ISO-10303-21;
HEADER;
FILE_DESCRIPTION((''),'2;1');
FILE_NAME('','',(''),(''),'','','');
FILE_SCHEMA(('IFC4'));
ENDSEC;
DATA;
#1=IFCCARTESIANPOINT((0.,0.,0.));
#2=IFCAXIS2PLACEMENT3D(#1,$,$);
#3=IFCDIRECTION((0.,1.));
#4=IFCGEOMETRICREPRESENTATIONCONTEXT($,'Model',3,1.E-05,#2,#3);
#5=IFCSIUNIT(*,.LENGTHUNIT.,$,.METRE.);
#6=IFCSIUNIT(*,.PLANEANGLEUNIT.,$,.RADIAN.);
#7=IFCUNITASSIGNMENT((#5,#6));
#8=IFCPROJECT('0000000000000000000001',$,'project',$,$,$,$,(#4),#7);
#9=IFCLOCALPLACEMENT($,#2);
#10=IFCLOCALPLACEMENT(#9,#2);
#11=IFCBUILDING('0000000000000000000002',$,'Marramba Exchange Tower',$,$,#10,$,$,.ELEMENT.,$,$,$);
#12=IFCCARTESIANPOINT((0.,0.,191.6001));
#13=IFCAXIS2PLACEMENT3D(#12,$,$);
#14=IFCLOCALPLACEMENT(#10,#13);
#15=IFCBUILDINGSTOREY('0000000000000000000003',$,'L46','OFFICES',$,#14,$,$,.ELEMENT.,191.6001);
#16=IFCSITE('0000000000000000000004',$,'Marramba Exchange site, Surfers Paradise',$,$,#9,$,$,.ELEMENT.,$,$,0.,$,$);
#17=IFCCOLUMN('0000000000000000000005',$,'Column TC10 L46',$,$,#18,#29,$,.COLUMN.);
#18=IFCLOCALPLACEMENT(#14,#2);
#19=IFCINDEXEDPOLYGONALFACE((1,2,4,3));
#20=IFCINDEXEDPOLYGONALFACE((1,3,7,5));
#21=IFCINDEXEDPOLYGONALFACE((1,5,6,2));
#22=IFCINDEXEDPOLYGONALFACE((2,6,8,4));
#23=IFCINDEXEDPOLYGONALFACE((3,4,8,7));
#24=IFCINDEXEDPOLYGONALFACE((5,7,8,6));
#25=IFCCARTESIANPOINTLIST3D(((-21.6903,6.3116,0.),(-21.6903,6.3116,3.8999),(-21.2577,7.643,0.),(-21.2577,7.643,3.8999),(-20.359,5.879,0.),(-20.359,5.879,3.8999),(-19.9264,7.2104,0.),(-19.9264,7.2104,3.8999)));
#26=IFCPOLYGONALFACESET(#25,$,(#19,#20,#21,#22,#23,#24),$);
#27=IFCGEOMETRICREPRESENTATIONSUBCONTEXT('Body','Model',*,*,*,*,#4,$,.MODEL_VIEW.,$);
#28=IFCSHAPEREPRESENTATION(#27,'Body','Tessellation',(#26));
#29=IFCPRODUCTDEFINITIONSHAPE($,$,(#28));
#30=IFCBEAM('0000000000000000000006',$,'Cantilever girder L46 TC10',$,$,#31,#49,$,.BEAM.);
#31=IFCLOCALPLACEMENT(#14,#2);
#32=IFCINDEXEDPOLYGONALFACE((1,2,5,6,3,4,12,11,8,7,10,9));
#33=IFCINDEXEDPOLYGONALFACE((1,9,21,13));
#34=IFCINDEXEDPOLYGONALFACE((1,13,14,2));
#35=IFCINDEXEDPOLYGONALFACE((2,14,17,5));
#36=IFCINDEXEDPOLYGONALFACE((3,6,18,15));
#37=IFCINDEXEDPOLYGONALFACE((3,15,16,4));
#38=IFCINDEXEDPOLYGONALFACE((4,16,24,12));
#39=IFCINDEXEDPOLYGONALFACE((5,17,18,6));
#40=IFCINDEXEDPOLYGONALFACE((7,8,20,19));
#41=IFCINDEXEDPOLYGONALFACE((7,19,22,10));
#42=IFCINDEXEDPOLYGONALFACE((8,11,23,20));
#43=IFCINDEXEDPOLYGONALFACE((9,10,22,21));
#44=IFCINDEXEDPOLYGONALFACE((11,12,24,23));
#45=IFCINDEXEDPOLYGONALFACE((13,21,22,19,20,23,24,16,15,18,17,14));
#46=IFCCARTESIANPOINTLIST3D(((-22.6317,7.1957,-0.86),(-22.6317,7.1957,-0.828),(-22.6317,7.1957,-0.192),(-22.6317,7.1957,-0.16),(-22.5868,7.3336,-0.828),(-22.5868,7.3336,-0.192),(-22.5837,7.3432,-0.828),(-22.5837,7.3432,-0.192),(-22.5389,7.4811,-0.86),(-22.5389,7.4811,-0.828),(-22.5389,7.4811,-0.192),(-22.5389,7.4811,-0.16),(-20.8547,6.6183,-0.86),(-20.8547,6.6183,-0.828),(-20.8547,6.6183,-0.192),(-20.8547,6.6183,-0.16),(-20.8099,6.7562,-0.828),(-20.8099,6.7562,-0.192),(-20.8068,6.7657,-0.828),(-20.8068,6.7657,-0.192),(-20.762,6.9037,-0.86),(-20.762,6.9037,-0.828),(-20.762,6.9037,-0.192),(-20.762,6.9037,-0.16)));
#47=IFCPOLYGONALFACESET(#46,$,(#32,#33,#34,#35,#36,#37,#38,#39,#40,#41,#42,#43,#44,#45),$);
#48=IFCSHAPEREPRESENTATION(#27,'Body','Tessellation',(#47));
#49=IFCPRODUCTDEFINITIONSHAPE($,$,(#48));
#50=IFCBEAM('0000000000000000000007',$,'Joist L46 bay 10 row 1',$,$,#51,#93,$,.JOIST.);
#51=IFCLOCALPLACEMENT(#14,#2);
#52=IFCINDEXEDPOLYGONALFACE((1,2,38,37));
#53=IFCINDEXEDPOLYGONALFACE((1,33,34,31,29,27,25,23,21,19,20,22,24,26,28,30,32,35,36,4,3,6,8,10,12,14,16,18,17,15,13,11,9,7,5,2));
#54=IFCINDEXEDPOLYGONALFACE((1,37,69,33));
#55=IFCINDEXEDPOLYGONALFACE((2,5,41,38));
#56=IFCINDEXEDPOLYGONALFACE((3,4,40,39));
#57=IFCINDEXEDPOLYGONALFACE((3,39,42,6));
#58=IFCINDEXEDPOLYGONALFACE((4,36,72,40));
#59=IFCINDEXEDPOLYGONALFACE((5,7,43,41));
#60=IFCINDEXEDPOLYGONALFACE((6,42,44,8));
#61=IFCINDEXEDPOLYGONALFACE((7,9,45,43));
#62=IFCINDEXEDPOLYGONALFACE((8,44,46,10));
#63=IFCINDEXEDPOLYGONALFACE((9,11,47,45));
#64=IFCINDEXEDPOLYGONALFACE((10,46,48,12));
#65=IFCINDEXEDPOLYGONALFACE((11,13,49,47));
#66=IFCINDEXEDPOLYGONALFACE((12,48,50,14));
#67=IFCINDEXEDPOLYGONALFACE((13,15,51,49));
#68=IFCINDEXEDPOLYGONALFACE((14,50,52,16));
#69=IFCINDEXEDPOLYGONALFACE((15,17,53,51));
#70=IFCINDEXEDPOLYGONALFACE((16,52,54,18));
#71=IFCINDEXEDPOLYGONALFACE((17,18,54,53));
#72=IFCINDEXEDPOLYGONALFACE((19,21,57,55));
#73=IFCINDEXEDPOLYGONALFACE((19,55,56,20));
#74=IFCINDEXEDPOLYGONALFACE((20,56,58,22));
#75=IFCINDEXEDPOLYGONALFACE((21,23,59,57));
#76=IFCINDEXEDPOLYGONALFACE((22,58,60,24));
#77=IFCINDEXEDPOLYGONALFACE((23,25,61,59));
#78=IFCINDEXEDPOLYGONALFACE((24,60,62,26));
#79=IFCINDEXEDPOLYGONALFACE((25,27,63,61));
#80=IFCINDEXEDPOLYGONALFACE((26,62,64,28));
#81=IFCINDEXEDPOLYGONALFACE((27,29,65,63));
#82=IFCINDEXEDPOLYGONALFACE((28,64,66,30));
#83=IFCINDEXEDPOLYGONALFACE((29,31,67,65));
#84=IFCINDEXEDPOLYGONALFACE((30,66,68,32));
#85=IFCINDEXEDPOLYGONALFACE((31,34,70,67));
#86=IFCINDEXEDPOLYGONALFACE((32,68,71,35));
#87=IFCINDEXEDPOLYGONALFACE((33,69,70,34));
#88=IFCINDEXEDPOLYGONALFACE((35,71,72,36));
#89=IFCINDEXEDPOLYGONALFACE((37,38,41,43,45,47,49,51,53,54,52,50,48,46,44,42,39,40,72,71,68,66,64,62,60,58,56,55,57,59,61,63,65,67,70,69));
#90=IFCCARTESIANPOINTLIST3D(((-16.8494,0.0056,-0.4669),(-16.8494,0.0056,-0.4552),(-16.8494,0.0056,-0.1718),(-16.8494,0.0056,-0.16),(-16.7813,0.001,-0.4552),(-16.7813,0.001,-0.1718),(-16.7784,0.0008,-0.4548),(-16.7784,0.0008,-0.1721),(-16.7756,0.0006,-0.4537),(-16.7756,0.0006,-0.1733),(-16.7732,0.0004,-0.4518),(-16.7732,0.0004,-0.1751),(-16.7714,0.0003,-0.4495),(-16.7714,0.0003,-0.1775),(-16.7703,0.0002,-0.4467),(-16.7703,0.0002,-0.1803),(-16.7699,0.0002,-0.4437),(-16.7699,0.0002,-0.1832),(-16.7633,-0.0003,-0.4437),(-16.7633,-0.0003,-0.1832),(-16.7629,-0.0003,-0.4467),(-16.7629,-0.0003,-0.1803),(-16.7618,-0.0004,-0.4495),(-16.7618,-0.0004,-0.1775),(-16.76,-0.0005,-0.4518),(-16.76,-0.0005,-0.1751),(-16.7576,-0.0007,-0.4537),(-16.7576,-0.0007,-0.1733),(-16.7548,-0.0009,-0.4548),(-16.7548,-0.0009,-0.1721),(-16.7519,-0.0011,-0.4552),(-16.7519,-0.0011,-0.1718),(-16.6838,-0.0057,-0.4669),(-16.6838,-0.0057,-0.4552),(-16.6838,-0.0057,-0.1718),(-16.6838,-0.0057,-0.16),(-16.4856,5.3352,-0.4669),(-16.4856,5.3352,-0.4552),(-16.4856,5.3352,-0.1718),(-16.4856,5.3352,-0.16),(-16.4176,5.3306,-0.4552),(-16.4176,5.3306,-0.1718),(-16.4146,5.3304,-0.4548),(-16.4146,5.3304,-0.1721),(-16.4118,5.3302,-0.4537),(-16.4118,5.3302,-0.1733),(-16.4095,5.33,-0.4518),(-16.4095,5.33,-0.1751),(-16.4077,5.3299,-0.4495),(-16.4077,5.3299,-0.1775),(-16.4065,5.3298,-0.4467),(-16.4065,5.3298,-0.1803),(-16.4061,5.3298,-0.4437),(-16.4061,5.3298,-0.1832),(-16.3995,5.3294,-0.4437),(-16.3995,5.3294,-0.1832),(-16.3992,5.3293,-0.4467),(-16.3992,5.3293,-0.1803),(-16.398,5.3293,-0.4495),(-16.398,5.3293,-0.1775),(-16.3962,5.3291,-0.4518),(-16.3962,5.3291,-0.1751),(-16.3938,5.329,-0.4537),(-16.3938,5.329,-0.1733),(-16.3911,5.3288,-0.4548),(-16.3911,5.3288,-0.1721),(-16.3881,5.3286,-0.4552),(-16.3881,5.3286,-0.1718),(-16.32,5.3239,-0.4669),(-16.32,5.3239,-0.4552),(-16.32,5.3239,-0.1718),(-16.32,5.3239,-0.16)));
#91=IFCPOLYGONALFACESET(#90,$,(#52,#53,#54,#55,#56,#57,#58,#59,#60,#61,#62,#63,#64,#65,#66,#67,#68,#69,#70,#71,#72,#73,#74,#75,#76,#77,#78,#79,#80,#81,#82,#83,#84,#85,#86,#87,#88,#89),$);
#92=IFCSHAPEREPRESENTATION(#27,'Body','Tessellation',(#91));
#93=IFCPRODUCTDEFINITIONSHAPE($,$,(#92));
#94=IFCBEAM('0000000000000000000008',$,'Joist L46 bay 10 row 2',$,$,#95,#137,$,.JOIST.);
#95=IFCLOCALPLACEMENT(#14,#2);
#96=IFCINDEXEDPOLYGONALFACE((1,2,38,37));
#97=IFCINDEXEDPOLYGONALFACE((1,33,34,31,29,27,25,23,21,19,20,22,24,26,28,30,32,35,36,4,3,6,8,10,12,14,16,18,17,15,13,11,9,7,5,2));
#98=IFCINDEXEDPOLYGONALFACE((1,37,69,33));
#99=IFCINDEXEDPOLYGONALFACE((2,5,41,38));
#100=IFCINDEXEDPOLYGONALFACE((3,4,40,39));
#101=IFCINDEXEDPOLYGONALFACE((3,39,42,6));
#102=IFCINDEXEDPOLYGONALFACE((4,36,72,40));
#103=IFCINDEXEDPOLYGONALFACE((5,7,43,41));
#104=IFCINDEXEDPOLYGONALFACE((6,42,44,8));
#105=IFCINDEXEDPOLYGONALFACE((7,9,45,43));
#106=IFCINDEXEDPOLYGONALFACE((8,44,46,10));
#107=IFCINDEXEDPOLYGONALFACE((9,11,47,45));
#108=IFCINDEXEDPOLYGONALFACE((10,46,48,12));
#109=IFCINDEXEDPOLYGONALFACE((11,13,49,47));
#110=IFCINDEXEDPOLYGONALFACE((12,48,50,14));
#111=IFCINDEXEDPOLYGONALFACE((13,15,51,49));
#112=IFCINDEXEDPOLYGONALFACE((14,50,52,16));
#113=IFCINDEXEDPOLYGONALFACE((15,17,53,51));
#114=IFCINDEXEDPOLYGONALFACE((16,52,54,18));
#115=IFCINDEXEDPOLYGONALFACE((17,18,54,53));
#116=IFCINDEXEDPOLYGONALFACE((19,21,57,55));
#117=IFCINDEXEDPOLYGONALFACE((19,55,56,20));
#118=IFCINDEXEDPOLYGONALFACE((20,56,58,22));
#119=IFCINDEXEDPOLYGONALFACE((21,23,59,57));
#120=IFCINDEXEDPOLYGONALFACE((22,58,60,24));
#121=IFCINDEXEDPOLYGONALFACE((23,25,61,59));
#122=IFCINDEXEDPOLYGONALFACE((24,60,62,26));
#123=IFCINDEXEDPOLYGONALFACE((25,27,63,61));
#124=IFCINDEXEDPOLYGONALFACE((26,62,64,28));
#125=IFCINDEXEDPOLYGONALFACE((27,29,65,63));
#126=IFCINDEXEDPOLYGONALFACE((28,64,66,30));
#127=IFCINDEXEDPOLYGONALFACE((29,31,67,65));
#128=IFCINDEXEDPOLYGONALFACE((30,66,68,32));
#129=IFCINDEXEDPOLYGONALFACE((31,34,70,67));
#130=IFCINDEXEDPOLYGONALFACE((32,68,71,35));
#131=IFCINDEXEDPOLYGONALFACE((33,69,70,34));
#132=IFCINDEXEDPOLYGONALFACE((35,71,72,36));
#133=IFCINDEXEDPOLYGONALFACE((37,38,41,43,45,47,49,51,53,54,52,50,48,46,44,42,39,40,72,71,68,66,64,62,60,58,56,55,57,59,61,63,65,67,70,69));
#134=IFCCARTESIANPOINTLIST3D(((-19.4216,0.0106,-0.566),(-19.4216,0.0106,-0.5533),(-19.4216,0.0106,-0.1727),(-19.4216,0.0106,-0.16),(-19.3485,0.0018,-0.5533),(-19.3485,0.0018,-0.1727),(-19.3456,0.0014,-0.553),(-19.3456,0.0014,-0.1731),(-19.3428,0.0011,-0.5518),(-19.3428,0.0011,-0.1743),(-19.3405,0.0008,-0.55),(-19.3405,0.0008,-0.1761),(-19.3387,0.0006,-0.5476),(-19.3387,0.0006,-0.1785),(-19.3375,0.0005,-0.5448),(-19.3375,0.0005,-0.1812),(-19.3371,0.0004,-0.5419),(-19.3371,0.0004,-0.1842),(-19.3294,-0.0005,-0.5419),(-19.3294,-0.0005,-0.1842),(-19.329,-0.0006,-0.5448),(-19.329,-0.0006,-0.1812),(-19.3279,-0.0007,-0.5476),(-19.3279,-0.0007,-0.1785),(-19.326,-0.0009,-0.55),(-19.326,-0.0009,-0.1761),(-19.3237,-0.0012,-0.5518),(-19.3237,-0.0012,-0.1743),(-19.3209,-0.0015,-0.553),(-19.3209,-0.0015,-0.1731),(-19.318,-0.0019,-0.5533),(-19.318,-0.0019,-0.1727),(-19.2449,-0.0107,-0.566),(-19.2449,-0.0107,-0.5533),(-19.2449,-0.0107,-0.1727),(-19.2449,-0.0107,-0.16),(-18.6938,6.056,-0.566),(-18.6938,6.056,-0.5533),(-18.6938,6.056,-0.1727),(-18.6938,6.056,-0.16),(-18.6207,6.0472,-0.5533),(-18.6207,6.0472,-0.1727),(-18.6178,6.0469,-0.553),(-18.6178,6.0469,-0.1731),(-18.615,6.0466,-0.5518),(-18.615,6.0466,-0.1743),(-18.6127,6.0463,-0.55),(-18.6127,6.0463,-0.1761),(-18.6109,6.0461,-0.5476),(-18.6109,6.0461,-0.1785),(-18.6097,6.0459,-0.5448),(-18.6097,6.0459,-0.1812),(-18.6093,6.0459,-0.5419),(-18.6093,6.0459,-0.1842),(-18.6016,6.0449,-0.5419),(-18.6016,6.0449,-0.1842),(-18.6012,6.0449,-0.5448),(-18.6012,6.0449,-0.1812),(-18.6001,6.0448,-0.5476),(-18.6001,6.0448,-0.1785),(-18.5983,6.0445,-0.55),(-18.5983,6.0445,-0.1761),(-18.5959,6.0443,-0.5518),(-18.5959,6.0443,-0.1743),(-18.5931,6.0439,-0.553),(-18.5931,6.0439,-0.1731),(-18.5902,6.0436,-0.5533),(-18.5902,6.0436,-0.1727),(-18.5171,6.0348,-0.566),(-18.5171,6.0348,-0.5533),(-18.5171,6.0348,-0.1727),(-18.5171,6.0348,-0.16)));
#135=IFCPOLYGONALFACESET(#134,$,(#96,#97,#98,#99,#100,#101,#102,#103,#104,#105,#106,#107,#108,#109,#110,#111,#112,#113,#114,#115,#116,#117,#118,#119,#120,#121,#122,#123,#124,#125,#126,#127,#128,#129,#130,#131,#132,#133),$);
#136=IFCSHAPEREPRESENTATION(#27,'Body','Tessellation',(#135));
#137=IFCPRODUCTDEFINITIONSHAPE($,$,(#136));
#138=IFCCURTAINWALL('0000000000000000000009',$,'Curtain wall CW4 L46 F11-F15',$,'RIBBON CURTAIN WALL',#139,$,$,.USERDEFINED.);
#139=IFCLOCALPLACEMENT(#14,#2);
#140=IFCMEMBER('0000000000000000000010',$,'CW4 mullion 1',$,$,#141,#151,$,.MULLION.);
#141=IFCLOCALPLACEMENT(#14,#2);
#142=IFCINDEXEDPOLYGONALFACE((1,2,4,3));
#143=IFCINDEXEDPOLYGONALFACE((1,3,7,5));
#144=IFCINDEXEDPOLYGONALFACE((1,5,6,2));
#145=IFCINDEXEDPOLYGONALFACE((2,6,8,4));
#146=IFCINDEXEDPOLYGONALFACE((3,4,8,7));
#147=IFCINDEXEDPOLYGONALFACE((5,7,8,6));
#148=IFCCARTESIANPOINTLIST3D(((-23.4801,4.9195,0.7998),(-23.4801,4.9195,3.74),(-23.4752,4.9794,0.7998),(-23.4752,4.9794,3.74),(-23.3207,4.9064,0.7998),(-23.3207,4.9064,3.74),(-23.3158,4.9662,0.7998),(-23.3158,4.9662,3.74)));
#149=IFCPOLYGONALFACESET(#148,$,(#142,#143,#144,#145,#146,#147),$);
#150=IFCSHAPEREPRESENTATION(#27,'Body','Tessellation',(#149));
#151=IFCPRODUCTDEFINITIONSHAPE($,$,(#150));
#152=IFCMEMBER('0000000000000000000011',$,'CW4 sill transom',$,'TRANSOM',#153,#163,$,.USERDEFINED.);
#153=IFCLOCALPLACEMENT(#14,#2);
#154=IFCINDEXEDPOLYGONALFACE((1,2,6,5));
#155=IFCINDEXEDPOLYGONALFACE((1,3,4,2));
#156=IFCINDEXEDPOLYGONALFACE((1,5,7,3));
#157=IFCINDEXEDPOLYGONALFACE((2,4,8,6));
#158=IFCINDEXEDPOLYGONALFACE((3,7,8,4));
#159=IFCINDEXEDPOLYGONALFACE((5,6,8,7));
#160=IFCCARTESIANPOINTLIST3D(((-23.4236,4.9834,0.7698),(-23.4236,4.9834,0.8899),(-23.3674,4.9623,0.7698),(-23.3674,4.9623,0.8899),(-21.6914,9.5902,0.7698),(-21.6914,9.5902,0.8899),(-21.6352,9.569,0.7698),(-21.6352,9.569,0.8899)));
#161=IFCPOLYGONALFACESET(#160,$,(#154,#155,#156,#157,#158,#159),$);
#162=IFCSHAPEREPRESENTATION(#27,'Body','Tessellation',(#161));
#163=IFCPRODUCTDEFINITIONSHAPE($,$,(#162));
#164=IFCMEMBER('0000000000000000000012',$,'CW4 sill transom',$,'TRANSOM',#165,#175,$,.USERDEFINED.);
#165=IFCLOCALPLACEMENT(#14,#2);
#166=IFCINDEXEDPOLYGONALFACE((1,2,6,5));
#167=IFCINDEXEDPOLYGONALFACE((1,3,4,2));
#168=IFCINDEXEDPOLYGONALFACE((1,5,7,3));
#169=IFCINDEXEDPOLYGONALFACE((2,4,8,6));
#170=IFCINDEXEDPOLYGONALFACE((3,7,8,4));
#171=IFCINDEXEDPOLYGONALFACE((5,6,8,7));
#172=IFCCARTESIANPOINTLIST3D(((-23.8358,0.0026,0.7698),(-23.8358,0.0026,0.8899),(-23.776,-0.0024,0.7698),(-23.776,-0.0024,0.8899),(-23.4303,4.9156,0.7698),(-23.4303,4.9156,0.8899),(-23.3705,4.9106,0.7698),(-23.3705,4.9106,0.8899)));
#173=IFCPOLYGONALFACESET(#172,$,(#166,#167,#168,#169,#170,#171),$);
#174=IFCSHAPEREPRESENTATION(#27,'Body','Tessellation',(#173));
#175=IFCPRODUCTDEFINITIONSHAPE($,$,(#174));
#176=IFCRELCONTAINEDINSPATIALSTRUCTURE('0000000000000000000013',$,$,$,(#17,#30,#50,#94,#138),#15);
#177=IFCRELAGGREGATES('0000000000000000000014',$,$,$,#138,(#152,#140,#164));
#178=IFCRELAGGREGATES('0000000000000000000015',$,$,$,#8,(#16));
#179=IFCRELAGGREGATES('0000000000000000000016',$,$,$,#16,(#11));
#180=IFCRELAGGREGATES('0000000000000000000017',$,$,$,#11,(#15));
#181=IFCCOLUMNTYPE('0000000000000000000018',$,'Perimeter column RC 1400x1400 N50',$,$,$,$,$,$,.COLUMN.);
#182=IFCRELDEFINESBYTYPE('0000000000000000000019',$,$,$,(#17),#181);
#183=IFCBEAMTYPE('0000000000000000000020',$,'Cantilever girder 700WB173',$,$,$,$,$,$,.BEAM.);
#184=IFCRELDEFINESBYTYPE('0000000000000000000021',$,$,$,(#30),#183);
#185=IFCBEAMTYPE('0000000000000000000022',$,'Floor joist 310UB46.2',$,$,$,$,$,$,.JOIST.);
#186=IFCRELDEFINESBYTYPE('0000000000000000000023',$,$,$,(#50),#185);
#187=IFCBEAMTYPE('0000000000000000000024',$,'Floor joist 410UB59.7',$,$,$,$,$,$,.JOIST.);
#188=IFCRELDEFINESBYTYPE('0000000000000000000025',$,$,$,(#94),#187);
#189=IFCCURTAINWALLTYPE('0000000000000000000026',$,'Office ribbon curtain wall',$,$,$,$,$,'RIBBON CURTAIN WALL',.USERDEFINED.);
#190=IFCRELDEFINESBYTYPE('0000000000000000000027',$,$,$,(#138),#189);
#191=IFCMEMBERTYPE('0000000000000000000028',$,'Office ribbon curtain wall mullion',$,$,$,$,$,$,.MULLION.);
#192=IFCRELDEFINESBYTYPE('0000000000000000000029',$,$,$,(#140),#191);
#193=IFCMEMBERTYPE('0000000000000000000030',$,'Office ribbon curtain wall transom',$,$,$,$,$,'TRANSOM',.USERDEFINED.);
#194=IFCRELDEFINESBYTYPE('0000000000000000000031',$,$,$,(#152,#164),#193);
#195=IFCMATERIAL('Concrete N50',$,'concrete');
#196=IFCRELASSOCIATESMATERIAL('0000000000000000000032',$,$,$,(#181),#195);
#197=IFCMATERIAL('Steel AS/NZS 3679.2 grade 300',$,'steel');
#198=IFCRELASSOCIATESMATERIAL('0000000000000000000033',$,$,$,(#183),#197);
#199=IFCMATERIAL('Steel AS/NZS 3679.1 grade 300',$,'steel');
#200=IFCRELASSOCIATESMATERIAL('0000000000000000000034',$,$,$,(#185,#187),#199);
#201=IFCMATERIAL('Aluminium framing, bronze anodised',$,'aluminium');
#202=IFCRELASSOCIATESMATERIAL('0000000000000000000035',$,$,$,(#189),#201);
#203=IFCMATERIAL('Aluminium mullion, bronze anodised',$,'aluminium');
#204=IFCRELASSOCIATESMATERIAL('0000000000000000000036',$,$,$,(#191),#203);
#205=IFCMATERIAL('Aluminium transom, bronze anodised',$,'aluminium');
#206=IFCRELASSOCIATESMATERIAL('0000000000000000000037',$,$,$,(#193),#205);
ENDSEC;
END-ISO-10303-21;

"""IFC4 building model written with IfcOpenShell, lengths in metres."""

from ifc_helpers import new_model, si_unit, direction, frame, origin, origin_2d, place, context, subcontext, project, spatial, rectangle, i_section, extrude, material, material_profile, profile_set, type_object, element, aggregate, save


model = new_model("IFC4")

# Units and contexts
model_context = context("Model", 3, precision=1e-05, world=origin(), true_north=direction((0.0, 1.0)))
body_context = subcontext(model_context, "Body", "Model", "MODEL_VIEW")
ifc_project = project(units=[si_unit("LENGTHUNIT", "METRE"), si_unit("PLANEANGLEUNIT", "RADIAN")], contexts=[model_context])

# Site, building, storey
site_placement = place(None, origin())
site = spatial("IfcSite", under=ifc_project, at=site_placement, Name="Marramba Exchange site, Surfers Paradise", CompositionType="ELEMENT", RefElevation=0.0)
building_placement = place(site_placement, origin())
building = spatial("IfcBuilding", under=site, at=building_placement, Name="Marramba Exchange Tower", CompositionType="ELEMENT")
storey_placement = place(building_placement, frame((0.0, 0.0, 191.6001)))
storey = spatial("IfcBuildingStorey", under=building, at=storey_placement, Name="L46", Description="OFFICES", CompositionType="ELEMENT", Elevation=191.6001)

# Column
ifc_material_1 = material(Name="Concrete N50", Category="concrete")
ifc_material_profile_1 = material_profile(ifc_material_1, rectangle(XDim=1.3999, YDim=1.3999, at=origin_2d()), Name="RC 1400x1400")
ifc_profile_set_1 = profile_set([ifc_material_profile_1], Name="Concrete N50")
column_type = type_object("IfcColumnType", Name="Perimeter column RC 1400x1400 N50", PredefinedType="COLUMN", material=ifc_profile_set_1)
column_placement = place(storey_placement, frame((-20.8083, 6.761, 0.0), z_axis=(0.0, 0.0, 1.0), x_axis=(-0.951057, 0.309017, 0.0)))
element("IfcColumn", 1, at=column_placement, inside=storey, type_object=column_type, Name="Column TC10 L46", PredefinedType="COLUMN", context=body_context, shape_type="SweptSolid", body=[
    extrude(rectangle(XDim=1.3999, YDim=1.3999, at=origin_2d()), origin(), (0.0, 0.0, 1.0), 3.8999),
])

# Beams
ifc_material_2 = material(Name="Steel AS/NZS 3679.2 grade 300", Category="steel")
ifc_material_profile_2 = material_profile(ifc_material_2, i_section(OverallWidth=0.3, OverallDepth=0.7, WebThickness=0.01, FlangeThickness=0.032, at=origin_2d()), Name="700WB173")
ifc_profile_set_2 = profile_set([ifc_material_profile_2], Name="Steel AS/NZS 3679.2 grade 300")
beam_type_1 = type_object("IfcBeamType", Name="Cantilever girder 700WB173", PredefinedType="BEAM", material=ifc_profile_set_2)
beam_1_placement = place(storey_placement, frame((-20.8083, 6.761, -0.51), z_axis=(-0.951048, 0.309045, 0.0), x_axis=(-0.309045, -0.951048, 0.0)))
element("IfcBeam", 2, at=beam_1_placement, inside=storey, type_object=beam_type_1, Name="Cantilever girder L46 TC10", PredefinedType="BEAM", context=body_context, shape_type="SweptSolid", body=[
    extrude(i_section(OverallWidth=0.3, OverallDepth=0.7, WebThickness=0.01, FlangeThickness=0.032, at=origin_2d()), origin(), (0.0, 0.0, 1.0), 1.8684),
])
ifc_material_3 = material(Name="Steel AS/NZS 3679.1 grade 300", Category="steel")
ifc_material_profile_3 = material_profile(ifc_material_3, i_section(OverallWidth=0.166, OverallDepth=0.3069, WebThickness=0.0066, FlangeThickness=0.0117, FilletRadius=0.0115, at=origin_2d()), Name="310UB46.2")
ifc_profile_set_3 = profile_set([ifc_material_profile_3], Name="Steel AS/NZS 3679.1 grade 300")
beam_type_2 = type_object("IfcBeamType", Name="Floor joist 310UB46.2", PredefinedType="JOIST", material=ifc_profile_set_3)
beam_2_placement = place(storey_placement, frame((-16.4028, 5.3296, -0.3135), z_axis=(-0.068096, -0.997679, 0.0), x_axis=(0.997679, -0.068096, 0.0)))
element("IfcBeam", 3, at=beam_2_placement, inside=storey, type_object=beam_type_2, Name="Joist L46 bay 10 row 1", PredefinedType="JOIST", context=body_context, shape_type="SweptSolid", body=[
    extrude(i_section(OverallWidth=0.166, OverallDepth=0.3069, WebThickness=0.0066, FlangeThickness=0.0117, FilletRadius=0.0115, at=origin_2d()), origin(), (0.0, 0.0, 1.0), 5.342),
])
ifc_material_profile_4 = material_profile(ifc_material_3, i_section(OverallWidth=0.178, OverallDepth=0.406, WebThickness=0.0078, FlangeThickness=0.0127, FilletRadius=0.0115, at=origin_2d()), Name="410UB59.7")
ifc_profile_set_4 = profile_set([ifc_material_profile_4], Name="Steel AS/NZS 3679.1 grade 300")
beam_type_3 = type_object("IfcBeamType", Name="Floor joist 410UB59.7", PredefinedType="JOIST", material=ifc_profile_set_4)
beam_3_placement = place(storey_placement, frame((-18.6055, 6.0454, -0.363), z_axis=(-0.119523, -0.992831, 0.0), x_axis=(0.992831, -0.119523, 0.0)))
element("IfcBeam", 4, at=beam_3_placement, inside=storey, type_object=beam_type_3, Name="Joist L46 bay 10 row 2", PredefinedType="JOIST", context=body_context, shape_type="SweptSolid", body=[
    extrude(i_section(OverallWidth=0.178, OverallDepth=0.406, WebThickness=0.0078, FlangeThickness=0.0127, FilletRadius=0.0115, at=origin_2d()), origin(), (0.0, 0.0, 1.0), 6.0891),
])

# Curtain wall, members
ifc_material_4 = material(Name="Aluminium framing, bronze anodised", Category="aluminium")
curtain_wall_type = type_object("IfcCurtainWallType", Name="Office ribbon curtain wall", ElementType="RIBBON CURTAIN WALL", PredefinedType="USERDEFINED", material=ifc_material_4)
curtain_wall_placement = place(storey_placement, origin())
curtain_wall = element("IfcCurtainWall", 5, at=curtain_wall_placement, inside=storey, type_object=curtain_wall_type, Name="Curtain wall CW4 L46 F11-F15", ObjectType="RIBBON CURTAIN WALL", PredefinedType="USERDEFINED")
ifc_material_5 = material(Name="Aluminium mullion, bronze anodised", Category="aluminium")
ifc_material_profile_5 = material_profile(ifc_material_5, rectangle(XDim=0.1599, YDim=0.0601, at=origin_2d()), Name="CW4 mullion 60x160")
ifc_profile_set_5 = profile_set([ifc_material_profile_5], Name="Aluminium mullion, bronze anodised")
member_type_1 = type_object("IfcMemberType", Name="Office ribbon curtain wall mullion", PredefinedType="MULLION", material=ifc_profile_set_5)
member_1_placement = place(storey_placement, frame((-23.3979, 4.9429, 0.7998), z_axis=(0.0, 0.0, 1.0), x_axis=(0.996609, -0.082281, 0.0)))
member_1 = element("IfcMember", 6, at=member_1_placement, type_object=member_type_1, Name="CW4 mullion 1", PredefinedType="MULLION", context=body_context, shape_type="SweptSolid", body=[
    extrude(rectangle(XDim=0.1599, YDim=0.0601, at=origin_2d()), origin(), (0.0, 0.0, 1.0), 2.9402),
])
ifc_material_6 = material(Name="Aluminium transom, bronze anodised", Category="aluminium")
ifc_material_profile_6 = material_profile(ifc_material_6, rectangle(XDim=0.0601, YDim=0.1201, at=origin_2d()), Name="CW4 transom 60x120")
ifc_profile_set_6 = profile_set([ifc_material_profile_6], Name="Aluminium transom, bronze anodised")
member_type_2 = type_object("IfcMemberType", Name="Office ribbon curtain wall transom", ElementType="TRANSOM", PredefinedType="USERDEFINED", material=ifc_profile_set_6)
member_2_placement = place(storey_placement, frame((-21.6633, 9.5796, 0.8298), z_axis=(-0.351955, -0.936017, 0.0), x_axis=(0.936017, -0.351955, 0.0)))
member_2 = element("IfcMember", 7, at=member_2_placement, type_object=member_type_2, Name="CW4 sill transom", ObjectType="TRANSOM", PredefinedType="USERDEFINED", context=body_context, shape_type="SweptSolid", body=[
    extrude(rectangle(XDim=0.0601, YDim=0.1201, at=origin_2d()), origin(), (0.0, 0.0, 1.0), 4.9216),
])
member_3_placement = place(storey_placement, frame((-23.4004, 4.9131, 0.8298), z_axis=(-0.082259, -0.996611, 0.0), x_axis=(0.996611, -0.082259, 0.0)))
member_3 = element("IfcMember", 8, at=member_3_placement, type_object=member_type_2, Name="CW4 sill transom", ObjectType="TRANSOM", PredefinedType="USERDEFINED", context=body_context, shape_type="SweptSolid", body=[
    extrude(rectangle(XDim=0.0601, YDim=0.1201, at=origin_2d()), origin(), (0.0, 0.0, 1.0), 4.9297),
])

aggregate(curtain_wall, [member_2, member_1, member_3])

save(model, "model.ifc")
